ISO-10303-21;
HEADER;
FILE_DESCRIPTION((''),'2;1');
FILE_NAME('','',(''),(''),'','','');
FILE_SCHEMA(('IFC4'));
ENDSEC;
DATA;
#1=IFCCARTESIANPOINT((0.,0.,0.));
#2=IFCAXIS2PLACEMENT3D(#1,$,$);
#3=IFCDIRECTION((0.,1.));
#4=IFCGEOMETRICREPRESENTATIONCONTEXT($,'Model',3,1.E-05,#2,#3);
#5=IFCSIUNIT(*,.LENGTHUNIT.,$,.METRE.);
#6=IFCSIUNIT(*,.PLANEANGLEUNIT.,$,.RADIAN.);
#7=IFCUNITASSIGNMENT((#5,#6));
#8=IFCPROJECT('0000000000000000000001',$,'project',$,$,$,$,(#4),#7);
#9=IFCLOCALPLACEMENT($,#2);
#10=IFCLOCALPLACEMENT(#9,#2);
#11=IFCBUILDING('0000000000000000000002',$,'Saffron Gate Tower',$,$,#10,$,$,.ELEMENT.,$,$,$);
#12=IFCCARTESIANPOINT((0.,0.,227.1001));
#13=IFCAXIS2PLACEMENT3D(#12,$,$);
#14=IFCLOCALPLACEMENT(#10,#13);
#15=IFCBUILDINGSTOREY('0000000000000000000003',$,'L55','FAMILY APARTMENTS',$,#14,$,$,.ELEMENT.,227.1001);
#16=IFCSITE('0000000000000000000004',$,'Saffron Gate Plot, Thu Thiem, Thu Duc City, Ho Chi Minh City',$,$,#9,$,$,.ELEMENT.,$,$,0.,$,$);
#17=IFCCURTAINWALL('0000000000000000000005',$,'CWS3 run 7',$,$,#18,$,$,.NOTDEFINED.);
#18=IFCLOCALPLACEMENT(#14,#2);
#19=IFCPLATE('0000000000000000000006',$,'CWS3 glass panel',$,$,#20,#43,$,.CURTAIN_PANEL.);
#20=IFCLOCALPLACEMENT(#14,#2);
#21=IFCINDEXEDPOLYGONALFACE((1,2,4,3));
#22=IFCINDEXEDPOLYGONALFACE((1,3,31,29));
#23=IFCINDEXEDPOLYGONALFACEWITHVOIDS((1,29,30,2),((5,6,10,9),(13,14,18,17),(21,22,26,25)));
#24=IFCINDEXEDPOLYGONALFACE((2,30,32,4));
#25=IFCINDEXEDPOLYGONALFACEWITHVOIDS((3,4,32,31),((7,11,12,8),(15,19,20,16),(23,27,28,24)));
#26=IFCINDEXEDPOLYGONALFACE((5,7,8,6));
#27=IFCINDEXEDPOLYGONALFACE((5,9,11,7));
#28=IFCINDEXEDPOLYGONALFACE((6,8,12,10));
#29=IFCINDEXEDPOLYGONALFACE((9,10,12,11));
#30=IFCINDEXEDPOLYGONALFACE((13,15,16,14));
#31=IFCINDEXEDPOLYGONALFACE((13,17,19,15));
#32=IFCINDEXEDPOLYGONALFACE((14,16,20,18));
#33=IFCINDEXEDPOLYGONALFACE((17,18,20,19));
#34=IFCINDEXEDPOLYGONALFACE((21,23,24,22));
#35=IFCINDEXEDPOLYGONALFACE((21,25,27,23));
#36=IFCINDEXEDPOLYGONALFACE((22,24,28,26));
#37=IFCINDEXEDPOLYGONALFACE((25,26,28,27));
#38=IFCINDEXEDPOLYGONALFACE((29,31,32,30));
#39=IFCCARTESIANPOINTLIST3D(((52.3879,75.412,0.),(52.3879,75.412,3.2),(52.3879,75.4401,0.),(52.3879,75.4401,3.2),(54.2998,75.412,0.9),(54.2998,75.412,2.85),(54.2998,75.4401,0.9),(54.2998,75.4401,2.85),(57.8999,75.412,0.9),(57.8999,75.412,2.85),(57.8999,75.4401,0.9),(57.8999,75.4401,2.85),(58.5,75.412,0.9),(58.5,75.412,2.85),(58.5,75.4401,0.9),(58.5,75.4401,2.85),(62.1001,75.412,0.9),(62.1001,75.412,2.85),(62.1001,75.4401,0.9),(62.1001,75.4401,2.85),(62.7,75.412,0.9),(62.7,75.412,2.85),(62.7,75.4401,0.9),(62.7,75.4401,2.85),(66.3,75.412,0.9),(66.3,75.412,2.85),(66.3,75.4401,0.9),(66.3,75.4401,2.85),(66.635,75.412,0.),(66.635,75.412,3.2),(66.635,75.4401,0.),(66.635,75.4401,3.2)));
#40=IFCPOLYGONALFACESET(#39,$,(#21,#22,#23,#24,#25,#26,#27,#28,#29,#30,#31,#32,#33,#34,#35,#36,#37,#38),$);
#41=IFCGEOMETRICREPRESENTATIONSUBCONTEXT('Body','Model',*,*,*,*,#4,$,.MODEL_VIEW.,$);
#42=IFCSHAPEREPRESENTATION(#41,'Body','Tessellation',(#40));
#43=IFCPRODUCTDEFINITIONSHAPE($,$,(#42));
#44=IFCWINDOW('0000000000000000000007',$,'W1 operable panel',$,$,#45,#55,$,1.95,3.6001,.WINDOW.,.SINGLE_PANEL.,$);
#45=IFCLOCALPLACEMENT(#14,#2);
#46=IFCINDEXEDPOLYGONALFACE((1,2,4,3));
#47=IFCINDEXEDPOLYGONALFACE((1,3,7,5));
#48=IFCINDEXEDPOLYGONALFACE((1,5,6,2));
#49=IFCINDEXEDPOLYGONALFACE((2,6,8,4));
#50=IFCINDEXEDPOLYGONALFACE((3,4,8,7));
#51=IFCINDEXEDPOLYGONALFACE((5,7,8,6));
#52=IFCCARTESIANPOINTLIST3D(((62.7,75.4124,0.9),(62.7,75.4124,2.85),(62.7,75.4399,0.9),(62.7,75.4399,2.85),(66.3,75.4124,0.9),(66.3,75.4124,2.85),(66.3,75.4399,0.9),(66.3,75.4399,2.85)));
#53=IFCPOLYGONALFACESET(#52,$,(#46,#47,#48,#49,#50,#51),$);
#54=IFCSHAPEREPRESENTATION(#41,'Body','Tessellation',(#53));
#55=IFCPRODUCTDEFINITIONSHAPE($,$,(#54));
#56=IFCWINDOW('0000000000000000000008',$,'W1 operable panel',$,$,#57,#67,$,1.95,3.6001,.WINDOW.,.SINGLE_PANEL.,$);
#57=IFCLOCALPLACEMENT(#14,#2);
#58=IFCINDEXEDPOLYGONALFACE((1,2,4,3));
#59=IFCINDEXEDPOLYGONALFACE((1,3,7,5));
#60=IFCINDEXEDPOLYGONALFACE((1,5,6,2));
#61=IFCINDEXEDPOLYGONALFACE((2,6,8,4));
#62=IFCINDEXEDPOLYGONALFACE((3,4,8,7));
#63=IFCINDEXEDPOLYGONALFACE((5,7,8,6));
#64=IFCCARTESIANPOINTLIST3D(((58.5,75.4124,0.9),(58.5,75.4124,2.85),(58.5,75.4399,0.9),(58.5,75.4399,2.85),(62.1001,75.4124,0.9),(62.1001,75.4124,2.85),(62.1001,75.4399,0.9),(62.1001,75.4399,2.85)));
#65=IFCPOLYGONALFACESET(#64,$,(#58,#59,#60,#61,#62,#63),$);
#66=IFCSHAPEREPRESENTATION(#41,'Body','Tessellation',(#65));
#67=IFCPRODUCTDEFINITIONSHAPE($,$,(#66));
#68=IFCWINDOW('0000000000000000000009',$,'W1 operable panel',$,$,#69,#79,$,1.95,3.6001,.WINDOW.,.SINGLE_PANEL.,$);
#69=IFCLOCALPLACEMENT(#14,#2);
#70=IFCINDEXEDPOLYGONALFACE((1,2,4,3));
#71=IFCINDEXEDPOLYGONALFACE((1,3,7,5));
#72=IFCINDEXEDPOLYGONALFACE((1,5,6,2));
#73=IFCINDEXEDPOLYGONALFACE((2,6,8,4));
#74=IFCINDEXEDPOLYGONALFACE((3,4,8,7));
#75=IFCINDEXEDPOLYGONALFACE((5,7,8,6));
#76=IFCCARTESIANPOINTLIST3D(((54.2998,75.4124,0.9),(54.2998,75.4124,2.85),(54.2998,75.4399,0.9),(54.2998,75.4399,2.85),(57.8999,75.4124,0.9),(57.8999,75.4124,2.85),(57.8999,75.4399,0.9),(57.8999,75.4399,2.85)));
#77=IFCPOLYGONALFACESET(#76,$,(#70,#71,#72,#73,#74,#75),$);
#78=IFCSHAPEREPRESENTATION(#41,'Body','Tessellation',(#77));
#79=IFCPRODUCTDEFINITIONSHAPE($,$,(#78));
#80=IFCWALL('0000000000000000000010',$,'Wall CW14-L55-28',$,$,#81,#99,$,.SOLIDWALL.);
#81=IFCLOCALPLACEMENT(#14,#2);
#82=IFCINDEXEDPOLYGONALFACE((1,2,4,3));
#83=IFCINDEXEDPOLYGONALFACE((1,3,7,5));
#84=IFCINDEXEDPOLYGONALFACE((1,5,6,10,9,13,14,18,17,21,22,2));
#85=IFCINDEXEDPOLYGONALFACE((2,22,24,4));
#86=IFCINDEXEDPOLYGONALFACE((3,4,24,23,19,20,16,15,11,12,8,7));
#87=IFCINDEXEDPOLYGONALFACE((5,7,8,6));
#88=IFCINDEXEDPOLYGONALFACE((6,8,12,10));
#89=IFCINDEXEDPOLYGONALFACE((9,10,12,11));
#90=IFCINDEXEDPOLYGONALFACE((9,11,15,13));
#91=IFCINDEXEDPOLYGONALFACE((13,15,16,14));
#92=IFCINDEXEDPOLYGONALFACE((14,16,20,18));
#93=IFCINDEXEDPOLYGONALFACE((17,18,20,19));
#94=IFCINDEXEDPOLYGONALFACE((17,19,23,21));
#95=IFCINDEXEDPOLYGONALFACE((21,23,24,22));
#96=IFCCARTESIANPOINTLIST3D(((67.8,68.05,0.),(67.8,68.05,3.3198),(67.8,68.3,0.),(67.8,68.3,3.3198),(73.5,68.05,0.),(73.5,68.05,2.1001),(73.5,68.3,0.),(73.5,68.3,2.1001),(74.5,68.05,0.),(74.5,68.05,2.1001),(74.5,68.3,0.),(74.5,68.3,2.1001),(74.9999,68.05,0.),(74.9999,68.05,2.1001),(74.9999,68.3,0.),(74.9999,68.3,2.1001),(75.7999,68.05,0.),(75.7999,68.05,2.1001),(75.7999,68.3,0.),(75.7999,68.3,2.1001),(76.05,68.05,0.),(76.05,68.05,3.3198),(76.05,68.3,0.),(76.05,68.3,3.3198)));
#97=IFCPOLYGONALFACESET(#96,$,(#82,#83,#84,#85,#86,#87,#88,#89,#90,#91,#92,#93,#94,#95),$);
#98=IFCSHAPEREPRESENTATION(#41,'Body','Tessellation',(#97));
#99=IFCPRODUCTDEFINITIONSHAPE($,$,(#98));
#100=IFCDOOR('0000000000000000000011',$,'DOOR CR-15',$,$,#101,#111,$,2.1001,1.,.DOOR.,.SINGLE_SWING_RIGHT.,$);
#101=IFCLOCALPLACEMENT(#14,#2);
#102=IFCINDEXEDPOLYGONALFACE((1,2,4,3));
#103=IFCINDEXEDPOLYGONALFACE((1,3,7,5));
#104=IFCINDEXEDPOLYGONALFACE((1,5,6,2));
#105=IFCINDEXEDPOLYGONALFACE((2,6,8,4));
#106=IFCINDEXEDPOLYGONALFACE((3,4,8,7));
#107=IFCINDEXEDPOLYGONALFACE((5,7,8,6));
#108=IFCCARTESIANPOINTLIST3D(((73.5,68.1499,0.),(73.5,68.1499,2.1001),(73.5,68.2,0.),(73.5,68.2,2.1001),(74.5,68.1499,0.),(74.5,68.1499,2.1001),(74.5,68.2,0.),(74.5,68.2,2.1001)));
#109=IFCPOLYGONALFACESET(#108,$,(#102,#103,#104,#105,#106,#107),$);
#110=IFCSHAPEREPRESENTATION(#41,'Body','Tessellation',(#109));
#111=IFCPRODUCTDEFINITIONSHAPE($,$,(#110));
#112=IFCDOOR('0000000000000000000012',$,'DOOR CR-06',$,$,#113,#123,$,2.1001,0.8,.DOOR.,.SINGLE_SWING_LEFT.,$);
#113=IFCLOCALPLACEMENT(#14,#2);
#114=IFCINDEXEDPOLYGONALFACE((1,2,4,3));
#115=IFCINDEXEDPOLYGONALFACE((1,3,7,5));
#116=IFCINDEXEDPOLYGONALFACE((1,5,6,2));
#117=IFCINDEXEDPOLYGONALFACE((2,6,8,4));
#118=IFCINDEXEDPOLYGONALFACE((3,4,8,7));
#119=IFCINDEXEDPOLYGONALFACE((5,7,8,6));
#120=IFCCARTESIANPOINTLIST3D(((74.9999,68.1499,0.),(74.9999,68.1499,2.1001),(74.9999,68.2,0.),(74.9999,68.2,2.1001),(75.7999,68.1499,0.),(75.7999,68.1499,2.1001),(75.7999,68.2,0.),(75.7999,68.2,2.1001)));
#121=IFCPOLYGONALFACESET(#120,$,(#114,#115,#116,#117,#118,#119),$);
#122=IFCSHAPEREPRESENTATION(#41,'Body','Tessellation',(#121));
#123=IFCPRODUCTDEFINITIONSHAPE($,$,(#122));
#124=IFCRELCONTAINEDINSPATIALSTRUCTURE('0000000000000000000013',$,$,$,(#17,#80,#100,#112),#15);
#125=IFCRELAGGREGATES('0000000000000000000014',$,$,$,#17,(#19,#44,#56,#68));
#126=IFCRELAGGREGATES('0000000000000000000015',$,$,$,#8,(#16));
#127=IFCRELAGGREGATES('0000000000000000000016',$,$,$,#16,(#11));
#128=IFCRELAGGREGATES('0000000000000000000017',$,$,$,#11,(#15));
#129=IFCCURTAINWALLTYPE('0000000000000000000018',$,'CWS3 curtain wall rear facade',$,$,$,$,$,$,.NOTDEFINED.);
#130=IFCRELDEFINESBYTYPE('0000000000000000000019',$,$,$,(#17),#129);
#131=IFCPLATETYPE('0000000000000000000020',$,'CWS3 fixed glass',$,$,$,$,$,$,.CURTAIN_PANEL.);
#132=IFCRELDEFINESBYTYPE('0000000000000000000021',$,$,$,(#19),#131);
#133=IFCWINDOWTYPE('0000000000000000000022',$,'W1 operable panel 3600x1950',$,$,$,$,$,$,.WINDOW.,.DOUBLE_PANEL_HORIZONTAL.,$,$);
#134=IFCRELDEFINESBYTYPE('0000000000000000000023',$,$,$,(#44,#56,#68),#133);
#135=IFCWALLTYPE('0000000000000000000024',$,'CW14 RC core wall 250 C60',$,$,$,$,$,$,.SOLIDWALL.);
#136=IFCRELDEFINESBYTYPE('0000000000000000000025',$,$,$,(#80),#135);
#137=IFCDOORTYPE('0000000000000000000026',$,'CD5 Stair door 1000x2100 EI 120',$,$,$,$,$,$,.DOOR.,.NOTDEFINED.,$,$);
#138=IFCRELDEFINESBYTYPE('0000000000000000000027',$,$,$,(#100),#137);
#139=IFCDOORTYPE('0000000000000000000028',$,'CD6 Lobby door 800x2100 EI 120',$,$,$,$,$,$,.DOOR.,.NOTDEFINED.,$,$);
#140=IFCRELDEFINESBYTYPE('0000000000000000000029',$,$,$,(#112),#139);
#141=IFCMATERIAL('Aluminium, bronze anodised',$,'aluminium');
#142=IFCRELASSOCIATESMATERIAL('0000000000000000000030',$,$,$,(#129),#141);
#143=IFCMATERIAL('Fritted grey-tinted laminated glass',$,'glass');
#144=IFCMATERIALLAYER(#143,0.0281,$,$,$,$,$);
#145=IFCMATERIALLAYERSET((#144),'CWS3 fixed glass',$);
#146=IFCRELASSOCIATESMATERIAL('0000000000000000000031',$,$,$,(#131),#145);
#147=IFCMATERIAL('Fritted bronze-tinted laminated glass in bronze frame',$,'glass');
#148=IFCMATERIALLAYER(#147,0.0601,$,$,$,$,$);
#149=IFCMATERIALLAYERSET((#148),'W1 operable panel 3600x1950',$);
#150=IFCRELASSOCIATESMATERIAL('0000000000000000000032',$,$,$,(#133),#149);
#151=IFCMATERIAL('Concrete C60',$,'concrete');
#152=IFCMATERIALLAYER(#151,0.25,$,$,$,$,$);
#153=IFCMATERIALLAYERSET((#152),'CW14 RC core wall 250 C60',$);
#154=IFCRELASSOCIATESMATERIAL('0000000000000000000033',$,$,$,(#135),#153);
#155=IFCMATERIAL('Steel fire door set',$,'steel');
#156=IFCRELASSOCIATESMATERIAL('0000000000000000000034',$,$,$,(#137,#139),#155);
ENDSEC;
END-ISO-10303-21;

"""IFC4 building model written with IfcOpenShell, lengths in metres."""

from ifc_helpers import new_model, si_unit, direction, frame, frame_2d, origin, place, context, subcontext, project, spatial, rectangle, extrude, material, layer, layer_set, type_object, element, fill, aggregate, save


model = new_model("IFC4")

# Units and contexts
model_context = context("Model", 3, precision=1e-05, world=origin(), true_north=direction((0.0, 1.0)))
body_context = subcontext(model_context, "Body", "Model", "MODEL_VIEW")
ifc_project = project(units=[si_unit("LENGTHUNIT", "METRE"), si_unit("PLANEANGLEUNIT", "RADIAN")], contexts=[model_context])

# Site, building, storey
site_placement = place(None, origin())
site = spatial("IfcSite", under=ifc_project, at=site_placement, Name="Saffron Gate Plot, Thu Thiem, Thu Duc City, Ho Chi Minh City", CompositionType="ELEMENT", RefElevation=0.0)
building_placement = place(site_placement, origin())
building = spatial("IfcBuilding", under=site, at=building_placement, Name="Saffron Gate Tower", CompositionType="ELEMENT")
storey_placement = place(building_placement, frame((0.0, 0.0, 227.1001)))
storey = spatial("IfcBuildingStorey", under=building, at=storey_placement, Name="L55", Description="FAMILY APARTMENTS", CompositionType="ELEMENT", Elevation=227.1001)

# Curtain wall, plate, openings, windows
ifc_material_1 = material(Name="Aluminium, bronze anodised", Category="aluminium")
curtain_wall_type = type_object("IfcCurtainWallType", Name="CWS3 curtain wall rear facade", PredefinedType="NOTDEFINED", material=ifc_material_1)
curtain_wall_placement = place(storey_placement, origin())
curtain_wall = element("IfcCurtainWall", 1, at=curtain_wall_placement, inside=storey, type_object=curtain_wall_type, Name="CWS3 run 7", PredefinedType="NOTDEFINED")
ifc_material_2 = material(Name="Fritted grey-tinted laminated glass", Category="glass")
ifc_layer_1 = layer(ifc_material_2, 0.0281)
ifc_layer_set_1 = layer_set([ifc_layer_1], Name="CWS3 fixed glass")
plate_type = type_object("IfcPlateType", Name="CWS3 fixed glass", PredefinedType="CURTAIN_PANEL", material=ifc_layer_set_1)
plate_placement = place(storey_placement, frame((66.635, 75.426, 0.0), z_axis=(0.0, 0.0, 1.0), x_axis=(-1.0, 0.0, 0.0)))
plate = element("IfcPlate", 2, at=plate_placement, type_object=plate_type, Name="CWS3 glass panel", PredefinedType="CURTAIN_PANEL", context=body_context, shape_type="SweptSolid", body=[
    extrude(rectangle(XDim=14.2471, YDim=0.0281, at=frame_2d((7.1235, 0.0))), origin(), (0.0, 0.0, 1.0), 3.2),
])
opening_1_placement = place(plate_placement, frame((0.335, 0.0, 0.8999)))
opening_1 = element("IfcOpeningElement", 3, at=opening_1_placement, cuts=plate, PredefinedType="OPENING", context=body_context, shape_type="SweptSolid", body=[
    extrude(rectangle(XDim=3.6001, YDim=1.95, at=frame_2d((1.8, 0.9751))), frame((0.0, 0.0239, 0.0), z_axis=(0.0, -1.0, 0.0), x_axis=(1.0, 0.0, 0.0)), (0.0, 0.0, 1.0), 0.0481),
])
opening_2_placement = place(plate_placement, frame((4.5349, 0.0, 0.8999)))
opening_2 = element("IfcOpeningElement", 4, at=opening_2_placement, cuts=plate, PredefinedType="OPENING", context=body_context, shape_type="SweptSolid", body=[
    extrude(rectangle(XDim=3.6001, YDim=1.95, at=frame_2d((1.8, 0.9751))), frame((0.0, 0.0239, 0.0), z_axis=(0.0, -1.0, 0.0), x_axis=(1.0, 0.0, 0.0)), (0.0, 0.0, 1.0), 0.0481),
])
opening_3_placement = place(plate_placement, frame((8.7351, 0.0, 0.8999)))
opening_3 = element("IfcOpeningElement", 5, at=opening_3_placement, cuts=plate, PredefinedType="OPENING", context=body_context, shape_type="SweptSolid", body=[
    extrude(rectangle(XDim=3.6001, YDim=1.95, at=frame_2d((1.8, 0.9751))), frame((0.0, 0.0239, 0.0), z_axis=(0.0, -1.0, 0.0), x_axis=(1.0, 0.0, 0.0)), (0.0, 0.0, 1.0), 0.0481),
])
ifc_material_3 = material(Name="Fritted bronze-tinted laminated glass in bronze frame", Category="glass")
ifc_layer_2 = layer(ifc_material_3, 0.0601)
ifc_layer_set_2 = layer_set([ifc_layer_2], Name="W1 operable panel 3600x1950")
window_type = type_object("IfcWindowType", Name="W1 operable panel 3600x1950", PartitioningType="DOUBLE_PANEL_HORIZONTAL", PredefinedType="WINDOW", material=ifc_layer_set_2)
window_1_placement = place(opening_1_placement, origin())
window_1 = element("IfcWindow", 6, at=window_1_placement, type_object=window_type, Name="W1 operable panel", OverallHeight=1.95, OverallWidth=3.6001, PartitioningType="SINGLE_PANEL", PredefinedType="WINDOW", context=body_context, shape_type="SweptSolid", body=[
    extrude(rectangle(XDim=3.6001, YDim=1.95, at=frame_2d((1.8, 0.9751))), frame((0.0, 0.0137, 0.0), z_axis=(0.0, -1.0, 0.0), x_axis=(1.0, 0.0, 0.0)), (0.0, 0.0, 1.0), 0.0276),
])
fill(opening_1, window_1)
window_2_placement = place(opening_2_placement, origin())
window_2 = element("IfcWindow", 7, at=window_2_placement, type_object=window_type, Name="W1 operable panel", OverallHeight=1.95, OverallWidth=3.6001, PartitioningType="SINGLE_PANEL", PredefinedType="WINDOW", context=body_context, shape_type="SweptSolid", body=[
    extrude(rectangle(XDim=3.6001, YDim=1.95, at=frame_2d((1.8, 0.9751))), frame((0.0, 0.0137, 0.0), z_axis=(0.0, -1.0, 0.0), x_axis=(1.0, 0.0, 0.0)), (0.0, 0.0, 1.0), 0.0276),
])
fill(opening_2, window_2)
window_3_placement = place(opening_3_placement, origin())
window_3 = element("IfcWindow", 8, at=window_3_placement, type_object=window_type, Name="W1 operable panel", OverallHeight=1.95, OverallWidth=3.6001, PartitioningType="SINGLE_PANEL", PredefinedType="WINDOW", context=body_context, shape_type="SweptSolid", body=[
    extrude(rectangle(XDim=3.6001, YDim=1.95, at=frame_2d((1.8, 0.9751))), frame((0.0, 0.0137, 0.0), z_axis=(0.0, -1.0, 0.0), x_axis=(1.0, 0.0, 0.0)), (0.0, 0.0, 1.0), 0.0276),
])
fill(opening_3, window_3)
aggregate(curtain_wall, [plate, window_1, window_2, window_3])

# Wall, openings, doors
ifc_material_4 = material(Name="Concrete C60", Category="concrete")
ifc_layer_3 = layer(ifc_material_4, 0.25)
ifc_layer_set_3 = layer_set([ifc_layer_3], Name="CW14 RC core wall 250 C60")
wall_type_1 = type_object("IfcWallType", Name="CW14 RC core wall 250 C60", PredefinedType="SOLIDWALL", material=ifc_layer_set_3)
wall_1_placement = place(storey_placement, frame((67.8, 68.175, 0.0), z_axis=(0.0, 0.0, 1.0), x_axis=(1.0, 0.0, 0.0)))
wall_1 = element("IfcWall", 9, at=wall_1_placement, inside=storey, type_object=wall_type_1, Name="Wall CW14-L55-28", PredefinedType="SOLIDWALL", context=body_context, shape_type="SweptSolid", body=[
    extrude(rectangle(XDim=8.25, YDim=0.25, at=frame_2d((4.125, 0.0))), origin(), (0.0, 0.0, 1.0), 3.3198),
])
opening_4_placement = place(wall_1_placement, frame((5.7, 0.0, 0.0)))
opening_4 = element("IfcOpeningElement", 10, at=opening_4_placement, cuts=wall_1, PredefinedType="OPENING", context=body_context, shape_type="SweptSolid", body=[
    extrude(rectangle(XDim=1.0, YDim=2.1001, at=frame_2d((0.5, 1.05))), frame((0.0, 0.135, 0.0), z_axis=(0.0, -1.0, 0.0), x_axis=(1.0, 0.0, 0.0)), (0.0, 0.0, 1.0), 0.27),
])
opening_5_placement = place(wall_1_placement, frame((7.2, 0.0, 0.0)))
opening_5 = element("IfcOpeningElement", 11, at=opening_5_placement, cuts=wall_1, PredefinedType="OPENING", context=body_context, shape_type="SweptSolid", body=[
    extrude(rectangle(XDim=0.8, YDim=2.1001, at=frame_2d((0.3999, 1.05))), frame((0.0, 0.135, 0.0), z_axis=(0.0, -1.0, 0.0), x_axis=(1.0, 0.0, 0.0)), (0.0, 0.0, 1.0), 0.27),
])
ifc_material_5 = material(Name="Steel fire door set", Category="steel")
door_type_1 = type_object("IfcDoorType", Name="CD5 Stair door 1000x2100 EI 120", OperationType="NOTDEFINED", PredefinedType="DOOR", material=ifc_material_5)
door_1_placement = place(opening_4_placement, origin())
door_1 = element("IfcDoor", 12, at=door_1_placement, inside=storey, type_object=door_type_1, Name="DOOR CR-15", OperationType="SINGLE_SWING_RIGHT", OverallHeight=2.1001, OverallWidth=1.0, PredefinedType="DOOR", context=body_context, shape_type="SweptSolid", body=[
    extrude(rectangle(XDim=1.0, YDim=2.1001, at=frame_2d((0.5, 1.05))), frame((0.0, 0.0249, 0.0), z_axis=(0.0, -1.0, 0.0), x_axis=(1.0, 0.0, 0.0)), (0.0, 0.0, 1.0), 0.05),
])
fill(opening_4, door_1)
door_type_2 = type_object("IfcDoorType", Name="CD6 Lobby door 800x2100 EI 120", OperationType="NOTDEFINED", PredefinedType="DOOR", material=ifc_material_5)
door_2_placement = place(opening_5_placement, origin())
door_2 = element("IfcDoor", 13, at=door_2_placement, inside=storey, type_object=door_type_2, Name="DOOR CR-06", OperationType="SINGLE_SWING_LEFT", OverallHeight=2.1001, OverallWidth=0.8, PredefinedType="DOOR", context=body_context, shape_type="SweptSolid", body=[
    extrude(rectangle(XDim=0.8, YDim=2.1001, at=frame_2d((0.3999, 1.05))), frame((0.0, 0.0249, 0.0), z_axis=(0.0, -1.0, 0.0), x_axis=(1.0, 0.0, 0.0)), (0.0, 0.0, 1.0), 0.05),
])
fill(opening_5, door_2)

save(model, "model.ifc")
